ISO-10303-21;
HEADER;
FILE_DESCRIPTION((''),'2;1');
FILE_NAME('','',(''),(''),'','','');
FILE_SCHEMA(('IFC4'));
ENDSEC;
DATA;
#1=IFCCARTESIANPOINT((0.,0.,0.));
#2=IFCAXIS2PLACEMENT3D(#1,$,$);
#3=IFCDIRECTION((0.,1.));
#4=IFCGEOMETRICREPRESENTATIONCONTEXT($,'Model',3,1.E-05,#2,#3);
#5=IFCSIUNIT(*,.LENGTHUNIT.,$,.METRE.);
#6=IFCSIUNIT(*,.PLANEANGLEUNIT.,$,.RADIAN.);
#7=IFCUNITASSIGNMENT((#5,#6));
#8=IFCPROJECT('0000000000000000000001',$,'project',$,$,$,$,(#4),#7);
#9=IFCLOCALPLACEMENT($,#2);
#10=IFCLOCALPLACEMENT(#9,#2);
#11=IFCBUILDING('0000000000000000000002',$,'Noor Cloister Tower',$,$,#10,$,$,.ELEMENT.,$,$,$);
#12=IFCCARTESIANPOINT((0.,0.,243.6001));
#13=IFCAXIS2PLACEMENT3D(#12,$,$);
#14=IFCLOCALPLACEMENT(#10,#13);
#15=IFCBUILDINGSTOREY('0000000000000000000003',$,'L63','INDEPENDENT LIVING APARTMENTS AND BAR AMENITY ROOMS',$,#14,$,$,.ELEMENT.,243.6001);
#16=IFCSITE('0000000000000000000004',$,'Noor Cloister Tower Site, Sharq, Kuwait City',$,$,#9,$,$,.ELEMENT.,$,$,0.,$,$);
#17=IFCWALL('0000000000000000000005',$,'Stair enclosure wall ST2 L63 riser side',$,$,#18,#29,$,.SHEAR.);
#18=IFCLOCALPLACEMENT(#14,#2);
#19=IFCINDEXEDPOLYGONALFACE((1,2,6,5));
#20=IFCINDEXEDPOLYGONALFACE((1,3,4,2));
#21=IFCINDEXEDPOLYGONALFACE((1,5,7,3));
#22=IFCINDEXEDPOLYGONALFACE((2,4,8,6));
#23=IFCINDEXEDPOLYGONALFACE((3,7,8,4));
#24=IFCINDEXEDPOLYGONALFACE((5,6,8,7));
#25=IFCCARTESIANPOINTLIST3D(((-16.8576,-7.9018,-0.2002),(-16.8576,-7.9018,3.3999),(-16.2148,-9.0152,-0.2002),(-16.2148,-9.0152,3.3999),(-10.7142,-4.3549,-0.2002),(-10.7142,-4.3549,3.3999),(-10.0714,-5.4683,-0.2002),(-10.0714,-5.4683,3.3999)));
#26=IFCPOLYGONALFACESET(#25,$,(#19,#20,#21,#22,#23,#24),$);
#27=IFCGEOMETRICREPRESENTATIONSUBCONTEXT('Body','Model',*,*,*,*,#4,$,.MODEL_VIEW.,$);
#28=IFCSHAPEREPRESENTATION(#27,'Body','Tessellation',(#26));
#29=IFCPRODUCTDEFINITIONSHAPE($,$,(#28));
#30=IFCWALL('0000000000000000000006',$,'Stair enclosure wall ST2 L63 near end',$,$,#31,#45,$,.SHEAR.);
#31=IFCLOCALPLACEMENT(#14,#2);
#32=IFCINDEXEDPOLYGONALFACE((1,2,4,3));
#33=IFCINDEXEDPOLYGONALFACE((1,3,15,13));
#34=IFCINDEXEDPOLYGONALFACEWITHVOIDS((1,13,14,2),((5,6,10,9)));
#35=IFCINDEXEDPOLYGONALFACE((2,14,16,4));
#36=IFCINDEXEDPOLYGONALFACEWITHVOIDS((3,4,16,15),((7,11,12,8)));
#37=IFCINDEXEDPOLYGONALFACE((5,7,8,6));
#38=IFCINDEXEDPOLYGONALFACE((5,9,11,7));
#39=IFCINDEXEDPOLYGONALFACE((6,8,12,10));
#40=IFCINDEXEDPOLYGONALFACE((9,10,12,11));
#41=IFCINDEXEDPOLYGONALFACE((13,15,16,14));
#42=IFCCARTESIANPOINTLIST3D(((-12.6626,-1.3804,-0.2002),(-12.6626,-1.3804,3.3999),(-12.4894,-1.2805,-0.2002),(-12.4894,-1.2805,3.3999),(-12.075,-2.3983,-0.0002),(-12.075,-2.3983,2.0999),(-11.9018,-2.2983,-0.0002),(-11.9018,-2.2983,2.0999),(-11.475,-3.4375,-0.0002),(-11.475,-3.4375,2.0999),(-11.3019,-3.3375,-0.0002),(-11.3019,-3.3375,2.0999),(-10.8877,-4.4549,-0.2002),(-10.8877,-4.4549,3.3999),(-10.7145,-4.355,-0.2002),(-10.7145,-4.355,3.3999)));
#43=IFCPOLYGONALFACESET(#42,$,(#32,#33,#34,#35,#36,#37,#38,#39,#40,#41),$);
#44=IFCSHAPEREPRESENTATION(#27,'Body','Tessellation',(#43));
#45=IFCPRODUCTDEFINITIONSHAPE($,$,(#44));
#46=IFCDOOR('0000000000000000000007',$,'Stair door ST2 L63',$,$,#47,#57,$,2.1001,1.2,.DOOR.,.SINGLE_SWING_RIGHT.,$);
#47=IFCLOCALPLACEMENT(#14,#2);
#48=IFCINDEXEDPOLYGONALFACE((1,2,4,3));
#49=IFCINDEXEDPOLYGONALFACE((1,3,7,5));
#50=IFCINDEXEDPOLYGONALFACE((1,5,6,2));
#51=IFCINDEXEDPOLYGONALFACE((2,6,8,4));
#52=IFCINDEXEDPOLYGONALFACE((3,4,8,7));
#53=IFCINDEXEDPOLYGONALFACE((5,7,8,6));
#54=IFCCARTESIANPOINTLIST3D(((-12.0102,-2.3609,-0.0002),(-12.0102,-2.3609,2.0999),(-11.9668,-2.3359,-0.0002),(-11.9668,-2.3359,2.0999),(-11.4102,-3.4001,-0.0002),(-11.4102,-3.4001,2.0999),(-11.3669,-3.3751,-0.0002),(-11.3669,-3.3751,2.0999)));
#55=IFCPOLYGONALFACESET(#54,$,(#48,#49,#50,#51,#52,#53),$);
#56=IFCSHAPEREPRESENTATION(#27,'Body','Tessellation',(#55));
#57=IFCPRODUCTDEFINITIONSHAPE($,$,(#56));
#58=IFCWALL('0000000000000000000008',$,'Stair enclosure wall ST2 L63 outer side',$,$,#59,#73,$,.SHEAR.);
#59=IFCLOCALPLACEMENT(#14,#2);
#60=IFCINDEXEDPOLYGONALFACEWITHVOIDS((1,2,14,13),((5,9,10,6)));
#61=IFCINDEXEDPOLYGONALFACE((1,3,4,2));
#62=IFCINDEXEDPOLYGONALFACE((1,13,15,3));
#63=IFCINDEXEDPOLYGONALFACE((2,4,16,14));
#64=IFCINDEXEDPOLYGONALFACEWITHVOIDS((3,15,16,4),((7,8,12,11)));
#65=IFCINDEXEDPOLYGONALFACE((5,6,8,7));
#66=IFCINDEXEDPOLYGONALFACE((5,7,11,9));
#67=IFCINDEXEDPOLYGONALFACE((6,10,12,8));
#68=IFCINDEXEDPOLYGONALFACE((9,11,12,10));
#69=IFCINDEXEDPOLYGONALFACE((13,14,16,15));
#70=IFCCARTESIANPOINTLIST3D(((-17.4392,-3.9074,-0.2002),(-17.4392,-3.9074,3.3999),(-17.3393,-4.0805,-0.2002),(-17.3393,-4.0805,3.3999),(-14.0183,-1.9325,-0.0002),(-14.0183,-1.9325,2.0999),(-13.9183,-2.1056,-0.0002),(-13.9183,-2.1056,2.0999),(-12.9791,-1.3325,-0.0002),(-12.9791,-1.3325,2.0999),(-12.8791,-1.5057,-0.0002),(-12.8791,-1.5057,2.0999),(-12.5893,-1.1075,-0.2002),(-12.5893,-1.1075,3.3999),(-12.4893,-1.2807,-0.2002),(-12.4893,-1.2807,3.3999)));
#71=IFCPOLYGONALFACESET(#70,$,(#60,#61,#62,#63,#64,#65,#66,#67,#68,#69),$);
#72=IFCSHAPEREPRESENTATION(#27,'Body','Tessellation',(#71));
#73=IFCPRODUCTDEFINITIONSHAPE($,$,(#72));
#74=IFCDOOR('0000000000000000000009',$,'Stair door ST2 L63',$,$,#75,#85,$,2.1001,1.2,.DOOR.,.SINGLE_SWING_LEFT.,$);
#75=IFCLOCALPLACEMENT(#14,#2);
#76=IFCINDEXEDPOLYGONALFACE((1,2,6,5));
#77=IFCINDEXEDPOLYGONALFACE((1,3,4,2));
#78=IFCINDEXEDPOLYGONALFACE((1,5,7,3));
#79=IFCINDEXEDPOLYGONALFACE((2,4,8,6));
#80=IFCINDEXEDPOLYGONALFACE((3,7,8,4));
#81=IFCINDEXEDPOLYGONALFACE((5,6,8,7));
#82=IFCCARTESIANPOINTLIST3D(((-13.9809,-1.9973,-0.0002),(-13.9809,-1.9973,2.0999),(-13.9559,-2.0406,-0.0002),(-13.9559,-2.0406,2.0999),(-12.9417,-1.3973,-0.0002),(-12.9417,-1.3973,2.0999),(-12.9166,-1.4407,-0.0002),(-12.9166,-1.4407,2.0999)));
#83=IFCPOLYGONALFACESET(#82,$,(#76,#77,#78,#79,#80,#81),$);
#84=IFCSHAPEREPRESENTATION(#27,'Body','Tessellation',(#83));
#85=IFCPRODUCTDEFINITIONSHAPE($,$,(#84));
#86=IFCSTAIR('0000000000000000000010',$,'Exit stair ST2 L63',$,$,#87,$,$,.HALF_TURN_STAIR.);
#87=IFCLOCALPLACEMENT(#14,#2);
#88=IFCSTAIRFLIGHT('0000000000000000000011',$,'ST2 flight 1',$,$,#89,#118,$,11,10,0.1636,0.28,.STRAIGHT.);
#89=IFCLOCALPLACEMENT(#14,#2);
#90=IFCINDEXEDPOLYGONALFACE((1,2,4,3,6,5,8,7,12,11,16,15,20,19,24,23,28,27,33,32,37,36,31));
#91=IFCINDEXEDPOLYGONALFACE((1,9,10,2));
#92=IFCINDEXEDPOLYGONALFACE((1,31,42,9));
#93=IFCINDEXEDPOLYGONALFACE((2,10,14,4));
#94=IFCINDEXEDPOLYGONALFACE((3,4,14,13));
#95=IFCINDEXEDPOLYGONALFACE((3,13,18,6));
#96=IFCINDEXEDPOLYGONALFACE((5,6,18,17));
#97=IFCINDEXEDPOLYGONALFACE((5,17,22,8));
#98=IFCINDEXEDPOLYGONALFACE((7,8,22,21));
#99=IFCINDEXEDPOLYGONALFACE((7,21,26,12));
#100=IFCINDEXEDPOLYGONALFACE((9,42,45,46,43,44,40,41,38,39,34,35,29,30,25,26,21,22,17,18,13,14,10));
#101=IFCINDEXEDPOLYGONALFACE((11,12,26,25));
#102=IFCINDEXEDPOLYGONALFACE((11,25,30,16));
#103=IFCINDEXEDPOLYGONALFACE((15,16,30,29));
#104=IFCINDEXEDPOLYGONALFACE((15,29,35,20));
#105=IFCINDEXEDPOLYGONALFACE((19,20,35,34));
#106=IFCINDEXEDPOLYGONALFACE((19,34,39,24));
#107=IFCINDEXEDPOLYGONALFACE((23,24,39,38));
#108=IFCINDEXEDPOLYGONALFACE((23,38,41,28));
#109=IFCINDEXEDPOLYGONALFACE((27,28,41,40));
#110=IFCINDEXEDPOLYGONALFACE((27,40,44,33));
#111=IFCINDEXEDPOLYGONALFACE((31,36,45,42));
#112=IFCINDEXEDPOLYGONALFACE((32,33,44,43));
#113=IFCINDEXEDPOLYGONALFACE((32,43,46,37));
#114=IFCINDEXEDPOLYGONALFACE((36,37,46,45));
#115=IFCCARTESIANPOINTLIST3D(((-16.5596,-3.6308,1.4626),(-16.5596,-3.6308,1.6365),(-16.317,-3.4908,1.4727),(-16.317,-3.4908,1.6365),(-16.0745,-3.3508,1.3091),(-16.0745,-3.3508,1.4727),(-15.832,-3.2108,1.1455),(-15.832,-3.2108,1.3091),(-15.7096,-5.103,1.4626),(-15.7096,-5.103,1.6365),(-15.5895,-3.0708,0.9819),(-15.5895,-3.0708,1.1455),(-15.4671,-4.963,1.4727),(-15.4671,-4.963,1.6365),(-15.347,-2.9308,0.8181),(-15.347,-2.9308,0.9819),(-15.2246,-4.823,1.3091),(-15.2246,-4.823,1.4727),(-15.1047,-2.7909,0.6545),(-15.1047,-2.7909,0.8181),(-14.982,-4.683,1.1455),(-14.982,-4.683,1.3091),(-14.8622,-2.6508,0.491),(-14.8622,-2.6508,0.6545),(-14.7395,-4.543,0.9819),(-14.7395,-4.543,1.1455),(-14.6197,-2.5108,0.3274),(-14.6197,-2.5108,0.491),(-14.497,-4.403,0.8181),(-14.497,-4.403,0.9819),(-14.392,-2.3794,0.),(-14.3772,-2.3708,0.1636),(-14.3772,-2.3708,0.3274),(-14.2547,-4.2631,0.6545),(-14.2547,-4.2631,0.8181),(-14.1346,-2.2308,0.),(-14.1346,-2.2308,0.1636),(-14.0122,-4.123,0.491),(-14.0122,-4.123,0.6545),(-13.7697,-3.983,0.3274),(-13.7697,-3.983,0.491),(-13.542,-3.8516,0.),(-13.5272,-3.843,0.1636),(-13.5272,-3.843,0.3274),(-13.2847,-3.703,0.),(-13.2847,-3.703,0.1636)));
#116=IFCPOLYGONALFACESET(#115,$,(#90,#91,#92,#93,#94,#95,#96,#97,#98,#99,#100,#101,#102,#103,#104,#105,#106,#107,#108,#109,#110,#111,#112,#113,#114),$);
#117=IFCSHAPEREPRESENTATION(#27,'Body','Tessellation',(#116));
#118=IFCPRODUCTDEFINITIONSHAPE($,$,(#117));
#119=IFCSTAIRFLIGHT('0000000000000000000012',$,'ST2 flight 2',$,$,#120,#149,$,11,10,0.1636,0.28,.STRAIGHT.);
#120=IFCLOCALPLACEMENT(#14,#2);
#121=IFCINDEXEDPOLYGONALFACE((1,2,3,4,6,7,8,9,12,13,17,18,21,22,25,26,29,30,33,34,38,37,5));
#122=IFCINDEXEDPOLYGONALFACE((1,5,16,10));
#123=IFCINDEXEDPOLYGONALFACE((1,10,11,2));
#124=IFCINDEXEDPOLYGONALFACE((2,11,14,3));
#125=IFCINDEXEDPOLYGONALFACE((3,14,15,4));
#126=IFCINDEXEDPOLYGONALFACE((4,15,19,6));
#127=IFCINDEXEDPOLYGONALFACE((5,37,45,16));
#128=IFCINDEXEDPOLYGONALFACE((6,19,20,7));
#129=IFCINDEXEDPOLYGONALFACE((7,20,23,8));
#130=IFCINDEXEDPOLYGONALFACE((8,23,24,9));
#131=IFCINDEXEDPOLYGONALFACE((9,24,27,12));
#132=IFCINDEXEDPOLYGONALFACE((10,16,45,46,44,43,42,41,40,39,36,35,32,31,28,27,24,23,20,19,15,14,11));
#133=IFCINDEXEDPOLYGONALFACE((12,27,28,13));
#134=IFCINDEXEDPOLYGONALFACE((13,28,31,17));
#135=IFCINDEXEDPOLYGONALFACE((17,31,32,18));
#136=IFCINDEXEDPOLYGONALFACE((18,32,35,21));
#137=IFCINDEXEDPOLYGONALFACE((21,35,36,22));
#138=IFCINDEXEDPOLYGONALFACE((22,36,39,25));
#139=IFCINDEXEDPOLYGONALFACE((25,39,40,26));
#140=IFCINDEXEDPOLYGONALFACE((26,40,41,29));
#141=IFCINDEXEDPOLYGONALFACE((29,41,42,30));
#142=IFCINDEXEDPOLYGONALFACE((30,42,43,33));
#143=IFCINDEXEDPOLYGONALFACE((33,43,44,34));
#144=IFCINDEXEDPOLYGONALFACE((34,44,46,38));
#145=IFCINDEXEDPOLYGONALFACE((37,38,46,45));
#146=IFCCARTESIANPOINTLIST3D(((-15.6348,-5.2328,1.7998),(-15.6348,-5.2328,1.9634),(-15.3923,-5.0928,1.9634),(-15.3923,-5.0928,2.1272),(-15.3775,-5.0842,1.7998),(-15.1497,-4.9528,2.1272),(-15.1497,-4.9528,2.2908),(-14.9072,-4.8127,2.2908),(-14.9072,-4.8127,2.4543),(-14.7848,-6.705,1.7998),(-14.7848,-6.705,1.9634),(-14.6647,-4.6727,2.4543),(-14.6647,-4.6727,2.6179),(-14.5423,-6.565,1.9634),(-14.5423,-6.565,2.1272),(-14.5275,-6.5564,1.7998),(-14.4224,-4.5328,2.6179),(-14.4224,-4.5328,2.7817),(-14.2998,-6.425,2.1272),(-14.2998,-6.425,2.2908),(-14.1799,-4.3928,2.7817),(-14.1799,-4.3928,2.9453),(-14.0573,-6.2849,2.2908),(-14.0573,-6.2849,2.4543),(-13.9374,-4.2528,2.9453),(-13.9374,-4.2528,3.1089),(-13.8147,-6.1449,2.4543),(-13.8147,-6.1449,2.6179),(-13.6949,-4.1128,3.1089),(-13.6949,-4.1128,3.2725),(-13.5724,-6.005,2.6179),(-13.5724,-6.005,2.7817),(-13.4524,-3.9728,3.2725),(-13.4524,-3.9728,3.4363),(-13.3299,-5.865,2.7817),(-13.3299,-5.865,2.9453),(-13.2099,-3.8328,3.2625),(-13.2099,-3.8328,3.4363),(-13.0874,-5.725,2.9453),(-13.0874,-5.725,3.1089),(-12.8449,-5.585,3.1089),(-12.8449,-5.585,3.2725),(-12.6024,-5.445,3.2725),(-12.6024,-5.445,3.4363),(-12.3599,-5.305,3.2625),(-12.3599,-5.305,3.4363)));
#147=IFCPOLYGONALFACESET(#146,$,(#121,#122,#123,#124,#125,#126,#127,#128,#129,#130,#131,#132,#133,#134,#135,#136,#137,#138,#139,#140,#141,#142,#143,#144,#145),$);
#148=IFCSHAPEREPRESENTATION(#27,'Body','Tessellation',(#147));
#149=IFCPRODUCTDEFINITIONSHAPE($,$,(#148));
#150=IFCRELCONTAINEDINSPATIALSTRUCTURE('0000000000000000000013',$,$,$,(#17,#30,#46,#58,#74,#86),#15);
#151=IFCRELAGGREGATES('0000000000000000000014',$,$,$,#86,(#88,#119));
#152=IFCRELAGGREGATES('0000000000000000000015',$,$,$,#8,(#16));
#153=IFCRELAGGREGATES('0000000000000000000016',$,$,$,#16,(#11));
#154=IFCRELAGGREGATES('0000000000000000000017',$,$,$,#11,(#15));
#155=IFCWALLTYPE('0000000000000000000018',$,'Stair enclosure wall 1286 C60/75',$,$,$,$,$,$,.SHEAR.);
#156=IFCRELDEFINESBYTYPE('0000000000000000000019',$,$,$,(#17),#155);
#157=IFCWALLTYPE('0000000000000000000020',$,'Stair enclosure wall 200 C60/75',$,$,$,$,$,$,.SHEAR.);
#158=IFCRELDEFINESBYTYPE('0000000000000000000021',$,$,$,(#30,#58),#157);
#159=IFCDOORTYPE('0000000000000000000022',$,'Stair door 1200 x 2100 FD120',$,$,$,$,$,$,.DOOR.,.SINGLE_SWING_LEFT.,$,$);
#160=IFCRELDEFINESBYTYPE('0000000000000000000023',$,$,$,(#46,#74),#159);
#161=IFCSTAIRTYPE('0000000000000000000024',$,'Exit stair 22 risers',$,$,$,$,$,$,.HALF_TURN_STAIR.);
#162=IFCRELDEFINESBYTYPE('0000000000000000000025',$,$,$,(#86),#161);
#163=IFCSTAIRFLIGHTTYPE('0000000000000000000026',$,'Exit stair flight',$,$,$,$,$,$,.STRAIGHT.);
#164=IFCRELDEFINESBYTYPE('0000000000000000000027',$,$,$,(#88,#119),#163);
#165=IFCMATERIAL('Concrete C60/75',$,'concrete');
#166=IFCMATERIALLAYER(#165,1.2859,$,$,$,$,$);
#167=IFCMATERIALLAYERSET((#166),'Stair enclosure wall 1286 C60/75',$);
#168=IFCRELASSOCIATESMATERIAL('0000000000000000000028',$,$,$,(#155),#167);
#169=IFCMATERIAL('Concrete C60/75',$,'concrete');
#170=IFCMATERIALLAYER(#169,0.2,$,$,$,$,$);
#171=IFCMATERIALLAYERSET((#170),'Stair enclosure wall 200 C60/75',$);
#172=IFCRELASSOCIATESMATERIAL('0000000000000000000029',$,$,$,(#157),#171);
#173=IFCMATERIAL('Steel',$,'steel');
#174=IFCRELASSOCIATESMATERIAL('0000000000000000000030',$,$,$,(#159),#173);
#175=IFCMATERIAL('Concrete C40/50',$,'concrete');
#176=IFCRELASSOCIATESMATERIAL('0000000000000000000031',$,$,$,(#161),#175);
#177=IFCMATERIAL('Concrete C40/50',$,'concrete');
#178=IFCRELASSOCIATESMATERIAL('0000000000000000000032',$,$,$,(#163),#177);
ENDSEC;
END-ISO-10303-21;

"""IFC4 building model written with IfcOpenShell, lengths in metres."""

from ifc_helpers import new_model, si_unit, direction, frame, frame_2d, origin, place, context, subcontext, project, spatial, polyline, rectangle, outline, extrude, material, layer, layer_set, type_object, element, fill, aggregate, save


model = new_model("IFC4")

# Units and contexts
model_context = context("Model", 3, precision=1e-05, world=origin(), true_north=direction((0.0, 1.0)))
body_context = subcontext(model_context, "Body", "Model", "MODEL_VIEW")
ifc_project = project(units=[si_unit("LENGTHUNIT", "METRE"), si_unit("PLANEANGLEUNIT", "RADIAN")], contexts=[model_context])

# Site, building, storey
site_placement = place(None, origin())
site = spatial("IfcSite", under=ifc_project, at=site_placement, Name="Noor Cloister Tower Site, Sharq, Kuwait City", CompositionType="ELEMENT", RefElevation=0.0)
building_placement = place(site_placement, origin())
building = spatial("IfcBuilding", under=site, at=building_placement, Name="Noor Cloister Tower", CompositionType="ELEMENT")
storey_placement = place(building_placement, frame((0.0, 0.0, 243.6001)))
storey = spatial("IfcBuildingStorey", under=building, at=storey_placement, Name="L63", Description="INDEPENDENT LIVING APARTMENTS AND BAR AMENITY ROOMS", CompositionType="ELEMENT", Elevation=243.6001)

# Wall
ifc_material_1 = material(Name="Concrete C60/75", Category="concrete")
ifc_layer_1 = layer(ifc_material_1, 1.2859)
ifc_layer_set_1 = layer_set([ifc_layer_1], Name="Stair enclosure wall 1286 C60/75")
wall_type_1 = type_object("IfcWallType", Name="Stair enclosure wall 1286 C60/75", PredefinedType="SHEAR", material=ifc_layer_set_1)
wall_1_placement = place(storey_placement, frame((-10.3928, -4.9116, -0.2002), z_axis=(0.0, 0.0, 1.0), x_axis=(-0.866023, -0.500003, 0.0)))
element("IfcWall", 1, at=wall_1_placement, inside=storey, type_object=wall_type_1, Name="Stair enclosure wall ST2 L63 riser side", PredefinedType="SHEAR", context=body_context, shape_type="SweptSolid", body=[
    extrude(rectangle(XDim=7.0938, YDim=1.2856, at=frame_2d((3.5469, 0.0))), origin(), (0.0, 0.0, 1.0), 3.6001),
])

# Walls, openings, doors
ifc_material_2 = material(Name="Concrete C60/75", Category="concrete")
ifc_layer_2 = layer(ifc_material_2, 0.2)
ifc_layer_set_2 = layer_set([ifc_layer_2], Name="Stair enclosure wall 200 C60/75")
wall_type_2 = type_object("IfcWallType", Name="Stair enclosure wall 200 C60/75", PredefinedType="SHEAR", material=ifc_layer_set_2)
wall_2_placement = place(storey_placement, frame((-12.5759, -1.3306, -0.2002), z_axis=(0.0, 0.0, 1.0), x_axis=(0.49997, -0.866042, 0.0)))
wall_2 = element("IfcWall", 2, at=wall_2_placement, inside=storey, type_object=wall_type_2, Name="Stair enclosure wall ST2 L63 near end", PredefinedType="SHEAR", context=body_context, shape_type="SweptSolid", body=[
    extrude(rectangle(XDim=3.55, YDim=0.2, at=frame_2d((1.7749, 0.0))), origin(), (0.0, 0.0, 1.0), 3.6001),
])
opening_1_placement = place(wall_2_placement, frame((1.175, 0.0, 0.2)))
opening_1 = element("IfcOpeningElement", 3, at=opening_1_placement, cuts=wall_2, PredefinedType="OPENING", context=body_context, shape_type="SweptSolid", body=[
    extrude(rectangle(XDim=1.2, YDim=2.1001, at=frame_2d((0.6001, 1.05))), frame((0.0, 0.1099, 0.0), z_axis=(0.0, -1.0, 0.0), x_axis=(1.0, 0.0, 0.0)), (0.0, 0.0, 1.0), 0.22),
])
ifc_material_3 = material(Name="Steel", Category="steel")
door_type_1 = type_object("IfcDoorType", Name="Stair door 1200 x 2100 FD120", OperationType="SINGLE_SWING_LEFT", PredefinedType="DOOR", material=ifc_material_3)
door_1_placement = place(opening_1_placement, origin())
door_1 = element("IfcDoor", 4, at=door_1_placement, inside=storey, type_object=door_type_1, Name="Stair door ST2 L63", OperationType="SINGLE_SWING_RIGHT", OverallHeight=2.1001, OverallWidth=1.2, PredefinedType="DOOR", context=body_context, shape_type="SweptSolid", body=[
    extrude(rectangle(XDim=1.2, YDim=2.1001, at=frame_2d((0.6001, 1.05))), frame((0.0, 0.0249, 0.0), z_axis=(0.0, -1.0, 0.0), x_axis=(1.0, 0.0, 0.0)), (0.0, 0.0, 1.0), 0.05),
])
fill(opening_1, door_1)
wall_3_placement = place(storey_placement, frame((-12.5393, -1.1941, -0.2002), z_axis=(0.0, 0.0, 1.0), x_axis=(-0.866045, -0.499965, 0.0)))
wall_3 = element("IfcWall", 5, at=wall_3_placement, inside=storey, type_object=wall_type_2, Name="Stair enclosure wall ST2 L63 outer side", PredefinedType="SHEAR", context=body_context, shape_type="SweptSolid", body=[
    extrude(rectangle(XDim=5.6001, YDim=0.2, at=frame_2d((2.8, 0.0))), origin(), (0.0, 0.0, 1.0), 3.6001),
])
opening_2_placement = place(wall_3_placement, frame((0.45, 0.0, 0.2)))
opening_2 = element("IfcOpeningElement", 6, at=opening_2_placement, cuts=wall_3, PredefinedType="OPENING", context=body_context, shape_type="SweptSolid", body=[
    extrude(rectangle(XDim=1.2, YDim=2.1001, at=frame_2d((0.6001, 1.05))), frame((0.0, 0.1099, 0.0), z_axis=(0.0, -1.0, 0.0), x_axis=(1.0, 0.0, 0.0)), (0.0, 0.0, 1.0), 0.22),
])
door_2_placement = place(opening_2_placement, origin())
door_2 = element("IfcDoor", 7, at=door_2_placement, inside=storey, type_object=door_type_1, Name="Stair door ST2 L63", OperationType="SINGLE_SWING_LEFT", OverallHeight=2.1001, OverallWidth=1.2, PredefinedType="DOOR", context=body_context, shape_type="SweptSolid", body=[
    extrude(rectangle(XDim=1.2, YDim=2.1001, at=frame_2d((0.6001, 1.05))), frame((0.0, 0.0249, 0.0), z_axis=(0.0, -1.0, 0.0), x_axis=(1.0, 0.0, 0.0)), (0.0, 0.0, 1.0), 0.05),
])
fill(opening_2, door_2)

# Stair, stair flights
ifc_material_4 = material(Name="Concrete C40/50", Category="concrete")
stair_type = type_object("IfcStairType", Name="Exit stair 22 risers", PredefinedType="HALF_TURN_STAIR", material=ifc_material_4)
stair_placement = place(storey_placement, origin())
stair = element("IfcStair", 8, at=stair_placement, inside=storey, type_object=stair_type, Name="Exit stair ST2 L63", PredefinedType="HALF_TURN_STAIR")
ifc_material_5 = material(Name="Concrete C40/50", Category="concrete")
stair_flight_type = type_object("IfcStairFlightType", Name="Exit stair flight", PredefinedType="STRAIGHT", material=ifc_material_5)
stair_flight_1_placement = place(storey_placement, frame((-13.7097, -2.9668, 0.0), z_axis=(0.0, 0.0, 1.0), x_axis=(-0.866025, -0.5, 0.0)))
stair_flight_1 = element("IfcStairFlight", 9, at=stair_flight_1_placement, type_object=stair_flight_type, Name="ST2 flight 1", NumberOfRisers=11, NumberOfTreads=10, PredefinedType="STRAIGHT", RiserHeight=0.1636, TreadLength=0.28, context=body_context, shape_type="SweptSolid", body=[
    extrude(outline(polyline([(0.0, 0.0), (0.0, 0.1636), (0.28, 0.1636), (0.28, 0.3274), (0.5601, 0.3274), (0.5601, 0.491), (0.8401, 0.491), (0.8401, 0.6545), (1.1201, 0.6545), (1.1201, 0.8181), (1.3999, 0.8181), (1.3999, 0.9819), (1.6799, 0.9819), (1.6799, 1.1455), (1.96, 1.1455), (1.96, 1.3091), (2.24, 1.3091), (2.24, 1.4727), (2.52, 1.4727), (2.52, 1.6365), (2.8, 1.6365), (2.8, 1.8), (2.8, 1.4626), (0.2971, 0.0), (0.0, 0.0)])), frame((0.0, 0.8501, 0.0), z_axis=(0.0, -1.0, 0.0), x_axis=(1.0, 0.0, 0.0)), (0.0, 0.0, 1.0), 1.7),
])
stair_flight_2_placement = place(storey_placement, frame((-15.2097, -5.969, 1.7998), z_axis=(0.0, 0.0, 1.0), x_axis=(0.866025, 0.5, 0.0)))
stair_flight_2 = element("IfcStairFlight", 10, at=stair_flight_2_placement, type_object=stair_flight_type, Name="ST2 flight 2", NumberOfRisers=11, NumberOfTreads=10, PredefinedType="STRAIGHT", RiserHeight=0.1636, TreadLength=0.28, context=body_context, shape_type="SweptSolid", body=[
    extrude(outline(polyline([(0.0, 0.0), (0.0, 0.1636), (0.28, 0.1636), (0.28, 0.3274), (0.5601, 0.3274), (0.5601, 0.491), (0.8401, 0.491), (0.8401, 0.6545), (1.1201, 0.6545), (1.1201, 0.8181), (1.3999, 0.8181), (1.3999, 0.9819), (1.6799, 0.9819), (1.6799, 1.1455), (1.96, 1.1455), (1.96, 1.3091), (2.24, 1.3091), (2.24, 1.4727), (2.52, 1.4727), (2.52, 1.6365), (2.8, 1.6365), (2.8, 1.8), (2.8, 1.4626), (0.2971, 0.0), (0.0, 0.0)])), frame((0.0, 0.8501, 0.0), z_axis=(0.0, -1.0, 0.0), x_axis=(1.0, 0.0, 0.0)), (0.0, 0.0, 1.0), 1.7),
])
aggregate(stair, [stair_flight_1, stair_flight_2])

save(model, "model.ifc")
